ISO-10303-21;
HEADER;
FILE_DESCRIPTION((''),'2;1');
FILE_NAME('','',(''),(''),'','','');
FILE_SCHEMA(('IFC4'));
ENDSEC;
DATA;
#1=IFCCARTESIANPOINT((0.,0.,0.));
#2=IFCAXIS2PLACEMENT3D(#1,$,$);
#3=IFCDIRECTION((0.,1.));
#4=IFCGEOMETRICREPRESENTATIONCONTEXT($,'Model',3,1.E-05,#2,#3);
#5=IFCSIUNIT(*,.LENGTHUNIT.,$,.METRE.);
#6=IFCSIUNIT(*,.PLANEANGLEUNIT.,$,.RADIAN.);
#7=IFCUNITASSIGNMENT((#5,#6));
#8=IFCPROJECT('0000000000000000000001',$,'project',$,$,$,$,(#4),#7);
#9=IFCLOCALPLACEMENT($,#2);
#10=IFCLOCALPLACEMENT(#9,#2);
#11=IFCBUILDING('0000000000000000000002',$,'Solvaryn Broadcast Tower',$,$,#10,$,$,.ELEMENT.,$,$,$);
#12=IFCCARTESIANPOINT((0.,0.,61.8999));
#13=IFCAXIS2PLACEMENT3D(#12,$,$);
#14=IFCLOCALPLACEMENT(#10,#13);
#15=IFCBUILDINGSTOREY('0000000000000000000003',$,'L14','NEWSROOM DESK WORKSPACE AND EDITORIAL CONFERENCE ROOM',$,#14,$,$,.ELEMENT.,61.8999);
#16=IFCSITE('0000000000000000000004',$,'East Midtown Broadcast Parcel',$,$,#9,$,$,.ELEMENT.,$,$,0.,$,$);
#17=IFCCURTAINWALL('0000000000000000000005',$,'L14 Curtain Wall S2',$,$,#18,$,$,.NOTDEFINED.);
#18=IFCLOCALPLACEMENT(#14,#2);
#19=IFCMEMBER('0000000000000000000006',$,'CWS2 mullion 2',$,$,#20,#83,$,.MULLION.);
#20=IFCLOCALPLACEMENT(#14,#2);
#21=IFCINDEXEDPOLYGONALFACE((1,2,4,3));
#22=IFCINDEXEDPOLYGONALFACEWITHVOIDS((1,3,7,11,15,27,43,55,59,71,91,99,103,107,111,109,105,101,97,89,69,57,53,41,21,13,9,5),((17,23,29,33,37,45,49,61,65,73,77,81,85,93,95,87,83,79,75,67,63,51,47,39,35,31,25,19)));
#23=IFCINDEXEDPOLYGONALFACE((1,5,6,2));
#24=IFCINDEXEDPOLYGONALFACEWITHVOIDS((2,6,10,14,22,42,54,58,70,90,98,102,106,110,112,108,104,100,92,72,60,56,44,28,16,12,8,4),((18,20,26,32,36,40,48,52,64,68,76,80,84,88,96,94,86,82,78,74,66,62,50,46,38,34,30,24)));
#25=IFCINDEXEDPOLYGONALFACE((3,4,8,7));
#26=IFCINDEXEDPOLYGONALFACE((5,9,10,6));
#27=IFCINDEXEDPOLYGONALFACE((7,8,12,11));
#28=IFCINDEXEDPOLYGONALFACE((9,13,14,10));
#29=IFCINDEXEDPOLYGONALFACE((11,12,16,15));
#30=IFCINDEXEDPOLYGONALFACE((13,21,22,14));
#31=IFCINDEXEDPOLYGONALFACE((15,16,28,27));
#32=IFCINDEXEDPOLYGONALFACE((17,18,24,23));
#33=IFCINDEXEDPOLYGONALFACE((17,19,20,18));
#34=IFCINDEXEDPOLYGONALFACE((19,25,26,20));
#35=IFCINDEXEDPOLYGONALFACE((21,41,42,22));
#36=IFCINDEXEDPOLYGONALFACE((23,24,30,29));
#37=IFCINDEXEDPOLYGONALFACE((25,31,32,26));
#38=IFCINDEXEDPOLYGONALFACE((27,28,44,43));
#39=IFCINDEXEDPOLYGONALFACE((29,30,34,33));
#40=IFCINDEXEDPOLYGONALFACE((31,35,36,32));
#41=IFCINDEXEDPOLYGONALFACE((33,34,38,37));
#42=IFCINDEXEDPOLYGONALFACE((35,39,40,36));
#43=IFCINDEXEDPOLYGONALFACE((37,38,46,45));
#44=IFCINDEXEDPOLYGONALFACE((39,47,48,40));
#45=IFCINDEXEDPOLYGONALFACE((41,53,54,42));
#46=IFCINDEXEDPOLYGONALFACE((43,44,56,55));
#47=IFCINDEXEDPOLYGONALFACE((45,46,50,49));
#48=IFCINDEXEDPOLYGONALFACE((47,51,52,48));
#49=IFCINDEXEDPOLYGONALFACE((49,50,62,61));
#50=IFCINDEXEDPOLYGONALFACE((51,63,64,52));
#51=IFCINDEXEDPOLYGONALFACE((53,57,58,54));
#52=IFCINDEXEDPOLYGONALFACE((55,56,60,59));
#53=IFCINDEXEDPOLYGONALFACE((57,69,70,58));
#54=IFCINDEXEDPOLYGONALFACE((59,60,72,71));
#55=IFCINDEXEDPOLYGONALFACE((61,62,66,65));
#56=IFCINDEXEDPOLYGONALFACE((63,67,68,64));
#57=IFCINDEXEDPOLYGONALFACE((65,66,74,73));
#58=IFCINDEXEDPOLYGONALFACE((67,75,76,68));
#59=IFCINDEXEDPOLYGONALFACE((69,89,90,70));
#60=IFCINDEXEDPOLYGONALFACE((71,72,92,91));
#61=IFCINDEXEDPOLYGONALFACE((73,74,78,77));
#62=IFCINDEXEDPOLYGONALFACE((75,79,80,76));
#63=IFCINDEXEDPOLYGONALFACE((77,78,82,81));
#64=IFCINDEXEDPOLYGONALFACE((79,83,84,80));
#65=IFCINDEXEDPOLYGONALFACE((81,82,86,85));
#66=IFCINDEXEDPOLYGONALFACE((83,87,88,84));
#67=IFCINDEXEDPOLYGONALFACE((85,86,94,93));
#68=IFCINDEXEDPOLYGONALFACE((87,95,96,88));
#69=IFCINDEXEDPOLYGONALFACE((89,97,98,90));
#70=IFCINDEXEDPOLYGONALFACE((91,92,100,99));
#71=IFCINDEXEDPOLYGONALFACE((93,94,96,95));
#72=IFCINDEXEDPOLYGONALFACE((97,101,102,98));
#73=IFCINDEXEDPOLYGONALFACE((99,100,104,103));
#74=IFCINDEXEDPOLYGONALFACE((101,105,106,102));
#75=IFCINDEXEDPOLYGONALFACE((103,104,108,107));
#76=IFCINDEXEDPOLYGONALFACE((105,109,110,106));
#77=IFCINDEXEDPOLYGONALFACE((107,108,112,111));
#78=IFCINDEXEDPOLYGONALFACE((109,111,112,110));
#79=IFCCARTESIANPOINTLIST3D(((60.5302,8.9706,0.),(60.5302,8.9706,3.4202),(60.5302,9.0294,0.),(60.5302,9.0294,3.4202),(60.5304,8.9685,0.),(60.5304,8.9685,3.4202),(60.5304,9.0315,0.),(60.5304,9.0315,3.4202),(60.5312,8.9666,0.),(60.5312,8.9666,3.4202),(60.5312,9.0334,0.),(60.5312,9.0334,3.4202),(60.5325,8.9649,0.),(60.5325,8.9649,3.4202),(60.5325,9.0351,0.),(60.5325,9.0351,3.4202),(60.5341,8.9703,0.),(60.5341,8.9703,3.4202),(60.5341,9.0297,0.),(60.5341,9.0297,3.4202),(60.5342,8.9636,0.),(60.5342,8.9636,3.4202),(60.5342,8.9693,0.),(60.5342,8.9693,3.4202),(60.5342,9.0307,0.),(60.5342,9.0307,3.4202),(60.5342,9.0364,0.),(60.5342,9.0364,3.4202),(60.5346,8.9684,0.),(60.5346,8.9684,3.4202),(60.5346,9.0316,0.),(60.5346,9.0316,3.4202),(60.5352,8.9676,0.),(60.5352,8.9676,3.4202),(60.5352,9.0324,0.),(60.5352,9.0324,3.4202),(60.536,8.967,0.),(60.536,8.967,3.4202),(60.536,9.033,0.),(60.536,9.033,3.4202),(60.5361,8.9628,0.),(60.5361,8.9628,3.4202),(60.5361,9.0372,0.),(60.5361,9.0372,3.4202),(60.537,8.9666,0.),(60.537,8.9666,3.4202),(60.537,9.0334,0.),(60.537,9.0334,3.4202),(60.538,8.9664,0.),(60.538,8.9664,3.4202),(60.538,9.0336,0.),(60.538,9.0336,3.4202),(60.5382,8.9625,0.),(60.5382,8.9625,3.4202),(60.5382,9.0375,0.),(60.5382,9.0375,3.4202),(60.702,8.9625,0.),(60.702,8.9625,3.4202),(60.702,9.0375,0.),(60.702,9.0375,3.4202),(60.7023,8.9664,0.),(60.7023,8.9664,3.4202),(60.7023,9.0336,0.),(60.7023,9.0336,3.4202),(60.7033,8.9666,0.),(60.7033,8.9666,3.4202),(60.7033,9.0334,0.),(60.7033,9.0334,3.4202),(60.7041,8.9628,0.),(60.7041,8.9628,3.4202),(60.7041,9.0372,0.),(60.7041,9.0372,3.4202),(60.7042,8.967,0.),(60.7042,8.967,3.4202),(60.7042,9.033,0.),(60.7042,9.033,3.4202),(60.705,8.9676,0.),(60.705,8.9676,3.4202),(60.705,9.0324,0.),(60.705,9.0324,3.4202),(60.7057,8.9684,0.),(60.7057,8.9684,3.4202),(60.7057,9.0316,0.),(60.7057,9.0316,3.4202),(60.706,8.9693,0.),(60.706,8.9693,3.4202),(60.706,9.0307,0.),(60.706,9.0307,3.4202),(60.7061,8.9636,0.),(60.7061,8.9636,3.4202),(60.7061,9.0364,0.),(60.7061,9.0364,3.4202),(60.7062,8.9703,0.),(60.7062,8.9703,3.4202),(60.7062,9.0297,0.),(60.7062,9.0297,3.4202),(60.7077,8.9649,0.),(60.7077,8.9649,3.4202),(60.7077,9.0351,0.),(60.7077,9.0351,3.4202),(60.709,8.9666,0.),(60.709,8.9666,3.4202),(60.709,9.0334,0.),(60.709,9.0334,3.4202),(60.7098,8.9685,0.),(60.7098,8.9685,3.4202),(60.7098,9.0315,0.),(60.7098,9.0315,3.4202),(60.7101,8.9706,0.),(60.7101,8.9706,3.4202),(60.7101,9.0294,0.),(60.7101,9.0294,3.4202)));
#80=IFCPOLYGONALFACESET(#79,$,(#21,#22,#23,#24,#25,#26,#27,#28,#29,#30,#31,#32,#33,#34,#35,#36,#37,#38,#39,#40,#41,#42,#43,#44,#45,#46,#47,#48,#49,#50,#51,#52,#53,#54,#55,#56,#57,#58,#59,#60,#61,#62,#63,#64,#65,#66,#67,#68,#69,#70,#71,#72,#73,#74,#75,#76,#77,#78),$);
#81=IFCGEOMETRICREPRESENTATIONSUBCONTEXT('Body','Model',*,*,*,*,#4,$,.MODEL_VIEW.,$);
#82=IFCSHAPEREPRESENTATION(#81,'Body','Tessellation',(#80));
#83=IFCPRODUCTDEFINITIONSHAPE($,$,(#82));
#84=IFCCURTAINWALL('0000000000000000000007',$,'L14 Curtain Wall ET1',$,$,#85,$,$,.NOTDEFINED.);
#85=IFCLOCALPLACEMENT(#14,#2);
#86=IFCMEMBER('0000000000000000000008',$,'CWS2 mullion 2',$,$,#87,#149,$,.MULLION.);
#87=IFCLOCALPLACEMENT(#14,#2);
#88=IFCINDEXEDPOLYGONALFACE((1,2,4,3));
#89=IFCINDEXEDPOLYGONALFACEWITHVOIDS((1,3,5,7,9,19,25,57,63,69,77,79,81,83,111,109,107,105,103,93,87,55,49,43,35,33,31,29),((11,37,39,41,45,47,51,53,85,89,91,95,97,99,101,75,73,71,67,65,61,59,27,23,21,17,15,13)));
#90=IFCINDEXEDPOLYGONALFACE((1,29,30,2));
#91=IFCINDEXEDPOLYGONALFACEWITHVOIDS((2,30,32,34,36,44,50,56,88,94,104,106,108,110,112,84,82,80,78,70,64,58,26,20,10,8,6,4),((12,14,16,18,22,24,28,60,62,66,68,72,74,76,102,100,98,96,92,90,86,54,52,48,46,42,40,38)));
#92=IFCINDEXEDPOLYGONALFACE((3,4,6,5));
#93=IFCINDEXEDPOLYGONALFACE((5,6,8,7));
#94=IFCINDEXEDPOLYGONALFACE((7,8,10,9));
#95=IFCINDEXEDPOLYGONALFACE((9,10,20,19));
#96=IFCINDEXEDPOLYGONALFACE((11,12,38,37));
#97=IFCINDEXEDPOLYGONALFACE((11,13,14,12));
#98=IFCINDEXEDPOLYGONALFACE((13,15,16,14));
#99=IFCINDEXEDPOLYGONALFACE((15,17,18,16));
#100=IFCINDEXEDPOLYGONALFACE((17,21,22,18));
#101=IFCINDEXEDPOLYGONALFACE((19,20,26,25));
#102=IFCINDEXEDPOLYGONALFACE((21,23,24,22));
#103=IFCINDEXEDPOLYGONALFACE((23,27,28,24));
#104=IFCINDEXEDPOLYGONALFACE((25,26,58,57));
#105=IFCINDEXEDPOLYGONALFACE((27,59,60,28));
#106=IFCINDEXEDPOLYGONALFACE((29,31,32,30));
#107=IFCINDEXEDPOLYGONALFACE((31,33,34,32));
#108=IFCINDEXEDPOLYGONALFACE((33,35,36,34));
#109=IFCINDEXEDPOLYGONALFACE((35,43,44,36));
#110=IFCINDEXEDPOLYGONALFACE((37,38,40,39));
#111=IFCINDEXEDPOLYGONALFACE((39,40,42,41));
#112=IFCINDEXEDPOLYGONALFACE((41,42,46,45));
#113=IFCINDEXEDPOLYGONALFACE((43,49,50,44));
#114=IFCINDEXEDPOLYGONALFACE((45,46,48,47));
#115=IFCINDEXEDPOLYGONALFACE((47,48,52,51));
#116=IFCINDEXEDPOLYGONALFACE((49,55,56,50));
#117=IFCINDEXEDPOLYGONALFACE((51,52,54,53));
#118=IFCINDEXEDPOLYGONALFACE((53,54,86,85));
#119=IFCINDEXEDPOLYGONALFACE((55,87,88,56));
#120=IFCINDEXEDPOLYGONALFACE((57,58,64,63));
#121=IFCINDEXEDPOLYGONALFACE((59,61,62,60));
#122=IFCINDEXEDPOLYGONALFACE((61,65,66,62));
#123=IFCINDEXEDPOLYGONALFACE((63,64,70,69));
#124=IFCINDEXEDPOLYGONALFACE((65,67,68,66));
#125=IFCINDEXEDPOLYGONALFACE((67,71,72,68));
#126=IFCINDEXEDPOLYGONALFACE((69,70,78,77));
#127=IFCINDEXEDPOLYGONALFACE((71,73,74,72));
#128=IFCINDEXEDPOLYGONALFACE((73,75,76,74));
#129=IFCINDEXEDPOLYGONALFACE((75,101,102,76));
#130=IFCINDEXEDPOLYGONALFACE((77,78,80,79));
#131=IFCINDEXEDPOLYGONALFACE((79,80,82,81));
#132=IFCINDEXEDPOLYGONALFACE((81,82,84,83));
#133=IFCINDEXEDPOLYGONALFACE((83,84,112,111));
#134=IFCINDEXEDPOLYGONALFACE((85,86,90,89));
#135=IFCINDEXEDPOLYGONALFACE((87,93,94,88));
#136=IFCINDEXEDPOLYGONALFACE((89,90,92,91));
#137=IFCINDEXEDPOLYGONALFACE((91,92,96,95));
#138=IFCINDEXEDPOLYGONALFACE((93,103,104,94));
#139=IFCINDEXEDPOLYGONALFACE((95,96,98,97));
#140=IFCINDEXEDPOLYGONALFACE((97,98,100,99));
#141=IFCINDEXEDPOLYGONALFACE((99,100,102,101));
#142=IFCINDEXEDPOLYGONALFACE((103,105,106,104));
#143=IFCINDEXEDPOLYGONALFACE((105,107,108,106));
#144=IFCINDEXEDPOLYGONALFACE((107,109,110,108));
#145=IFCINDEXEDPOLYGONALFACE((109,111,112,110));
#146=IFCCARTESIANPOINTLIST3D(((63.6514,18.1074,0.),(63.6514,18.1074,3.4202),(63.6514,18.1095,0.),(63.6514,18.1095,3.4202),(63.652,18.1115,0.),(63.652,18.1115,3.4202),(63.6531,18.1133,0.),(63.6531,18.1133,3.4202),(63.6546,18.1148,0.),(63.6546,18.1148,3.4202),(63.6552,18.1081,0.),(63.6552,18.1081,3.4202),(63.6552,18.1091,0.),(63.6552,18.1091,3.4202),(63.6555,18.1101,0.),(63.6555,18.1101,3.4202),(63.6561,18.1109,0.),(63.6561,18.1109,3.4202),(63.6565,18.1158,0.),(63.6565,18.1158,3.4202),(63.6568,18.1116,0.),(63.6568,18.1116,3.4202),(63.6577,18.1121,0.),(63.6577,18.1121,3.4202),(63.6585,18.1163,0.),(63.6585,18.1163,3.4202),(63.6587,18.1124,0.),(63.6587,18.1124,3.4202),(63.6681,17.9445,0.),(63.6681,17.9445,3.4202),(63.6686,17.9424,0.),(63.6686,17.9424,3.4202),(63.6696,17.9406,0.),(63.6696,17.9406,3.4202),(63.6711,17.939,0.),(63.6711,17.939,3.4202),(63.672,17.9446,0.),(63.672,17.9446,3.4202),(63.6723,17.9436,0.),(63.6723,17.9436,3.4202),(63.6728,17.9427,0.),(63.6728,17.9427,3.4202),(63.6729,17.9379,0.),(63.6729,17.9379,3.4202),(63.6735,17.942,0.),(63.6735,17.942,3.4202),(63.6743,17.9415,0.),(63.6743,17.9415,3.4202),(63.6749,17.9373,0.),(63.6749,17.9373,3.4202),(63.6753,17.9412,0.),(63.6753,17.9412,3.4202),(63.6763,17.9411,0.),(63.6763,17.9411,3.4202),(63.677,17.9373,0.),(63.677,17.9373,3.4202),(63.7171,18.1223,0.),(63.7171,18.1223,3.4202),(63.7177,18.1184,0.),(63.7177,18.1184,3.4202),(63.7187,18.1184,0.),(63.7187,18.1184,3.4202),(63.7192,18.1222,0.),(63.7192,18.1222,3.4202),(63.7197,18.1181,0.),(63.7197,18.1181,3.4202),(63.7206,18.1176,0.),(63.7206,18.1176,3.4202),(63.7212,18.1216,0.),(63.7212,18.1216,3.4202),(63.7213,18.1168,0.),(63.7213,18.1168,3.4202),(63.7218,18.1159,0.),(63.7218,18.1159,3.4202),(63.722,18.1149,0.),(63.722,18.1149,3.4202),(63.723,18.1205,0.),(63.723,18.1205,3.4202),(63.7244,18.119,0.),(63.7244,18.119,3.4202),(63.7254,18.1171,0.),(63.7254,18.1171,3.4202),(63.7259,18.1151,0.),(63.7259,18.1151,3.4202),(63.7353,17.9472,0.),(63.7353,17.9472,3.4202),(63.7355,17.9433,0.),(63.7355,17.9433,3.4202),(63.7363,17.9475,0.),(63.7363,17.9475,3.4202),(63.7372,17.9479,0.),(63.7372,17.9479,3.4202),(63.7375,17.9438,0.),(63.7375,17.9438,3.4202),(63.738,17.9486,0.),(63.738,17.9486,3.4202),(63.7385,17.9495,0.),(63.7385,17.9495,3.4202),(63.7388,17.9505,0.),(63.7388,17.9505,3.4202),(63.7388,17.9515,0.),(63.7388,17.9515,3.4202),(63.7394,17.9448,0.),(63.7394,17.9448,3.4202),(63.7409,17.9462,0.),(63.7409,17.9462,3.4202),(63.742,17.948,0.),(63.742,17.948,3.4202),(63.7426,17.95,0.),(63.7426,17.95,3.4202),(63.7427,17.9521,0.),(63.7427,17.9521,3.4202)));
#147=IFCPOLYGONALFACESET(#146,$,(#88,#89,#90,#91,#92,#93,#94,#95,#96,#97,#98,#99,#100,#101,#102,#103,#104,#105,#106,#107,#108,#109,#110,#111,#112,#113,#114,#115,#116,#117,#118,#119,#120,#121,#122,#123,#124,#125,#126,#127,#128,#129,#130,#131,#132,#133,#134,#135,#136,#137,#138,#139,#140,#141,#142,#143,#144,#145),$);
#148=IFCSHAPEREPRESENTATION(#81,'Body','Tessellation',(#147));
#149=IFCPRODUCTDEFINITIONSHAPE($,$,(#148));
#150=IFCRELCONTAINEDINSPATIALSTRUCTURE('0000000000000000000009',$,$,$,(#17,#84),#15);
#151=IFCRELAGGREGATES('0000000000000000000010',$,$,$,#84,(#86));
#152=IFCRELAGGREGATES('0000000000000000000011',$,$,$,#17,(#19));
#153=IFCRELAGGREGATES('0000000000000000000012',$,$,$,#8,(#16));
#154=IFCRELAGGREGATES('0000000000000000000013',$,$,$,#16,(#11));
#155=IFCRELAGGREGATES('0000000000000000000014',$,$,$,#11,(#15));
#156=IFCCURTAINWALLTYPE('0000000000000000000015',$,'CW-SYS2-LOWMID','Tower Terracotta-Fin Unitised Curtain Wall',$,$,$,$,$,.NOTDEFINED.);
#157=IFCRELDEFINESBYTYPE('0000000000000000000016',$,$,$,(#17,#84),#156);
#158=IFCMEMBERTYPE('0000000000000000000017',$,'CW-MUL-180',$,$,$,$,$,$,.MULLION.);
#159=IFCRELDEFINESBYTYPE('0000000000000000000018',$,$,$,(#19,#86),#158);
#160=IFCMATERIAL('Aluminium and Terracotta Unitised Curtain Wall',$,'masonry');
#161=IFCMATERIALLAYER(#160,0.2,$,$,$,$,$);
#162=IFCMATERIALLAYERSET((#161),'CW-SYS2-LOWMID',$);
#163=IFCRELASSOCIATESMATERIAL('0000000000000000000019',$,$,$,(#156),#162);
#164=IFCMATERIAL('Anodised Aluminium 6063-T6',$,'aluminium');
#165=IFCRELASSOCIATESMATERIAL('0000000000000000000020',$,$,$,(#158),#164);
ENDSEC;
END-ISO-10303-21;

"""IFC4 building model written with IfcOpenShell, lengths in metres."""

from ifc_helpers import new_model, si_unit, direction, frame, origin, origin_2d, place, context, subcontext, project, spatial, hollow_rectangle, extrude, material, layer, layer_set, material_profile, profile_set, type_object, element, aggregate, save


model = new_model("IFC4")

# Units and contexts
model_context = context("Model", 3, precision=1e-05, world=origin(), true_north=direction((0.0, 1.0)))
body_context = subcontext(model_context, "Body", "Model", "MODEL_VIEW")
ifc_project = project(units=[si_unit("LENGTHUNIT", "METRE"), si_unit("PLANEANGLEUNIT", "RADIAN")], contexts=[model_context])

# Site, building, storey
site_placement = place(None, origin())
site = spatial("IfcSite", under=ifc_project, at=site_placement, Name="East Midtown Broadcast Parcel", CompositionType="ELEMENT", RefElevation=0.0)
building_placement = place(site_placement, origin())
building = spatial("IfcBuilding", under=site, at=building_placement, Name="Solvaryn Broadcast Tower", CompositionType="ELEMENT")
storey_placement = place(building_placement, frame((0.0, 0.0, 61.8999)))
storey = spatial("IfcBuildingStorey", under=building, at=storey_placement, Name="L14", Description="NEWSROOM DESK WORKSPACE AND EDITORIAL CONFERENCE ROOM", CompositionType="ELEMENT", Elevation=61.8999)

# Curtain walls, members
ifc_material_1 = material(Name="Aluminium and Terracotta Unitised Curtain Wall", Category="masonry")
ifc_layer_1 = layer(ifc_material_1, 0.2)
ifc_layer_set_1 = layer_set([ifc_layer_1], Name="CW-SYS2-LOWMID")
curtain_wall_type = type_object("IfcCurtainWallType", Name="CW-SYS2-LOWMID", Description="Tower Terracotta-Fin Unitised Curtain Wall", PredefinedType="NOTDEFINED", material=ifc_layer_set_1)
curtain_wall_1_placement = place(storey_placement, origin())
curtain_wall_1 = element("IfcCurtainWall", 1, at=curtain_wall_1_placement, inside=storey, type_object=curtain_wall_type, Name="L14 Curtain Wall S2", PredefinedType="NOTDEFINED")
ifc_material_2 = material(Name="Anodised Aluminium 6063-T6", Category="aluminium")
ifc_material_profile_1 = material_profile(ifc_material_2, hollow_rectangle(XDim=0.075, YDim=0.1799, WallThickness=0.0039, InnerFilletRadius=0.0039, OuterFilletRadius=0.0081, at=origin_2d()))
ifc_profile_set_1 = profile_set([ifc_material_profile_1], Name="Anodised Aluminium 6063-T6")
member_type_1 = type_object("IfcMemberType", Name="CW-MUL-180", PredefinedType="MULLION", material=ifc_profile_set_1)
member_1_placement = place(storey_placement, frame((60.6201, 9.0, 0.0), z_axis=(0.0, 0.0, 1.0), x_axis=(0.0, 1.0, 0.0)))
member_1 = element("IfcMember", 2, at=member_1_placement, type_object=member_type_1, Name="CWS2 mullion 2", PredefinedType="MULLION", context=body_context, shape_type="SweptSolid", body=[
    extrude(hollow_rectangle(XDim=0.075, YDim=0.1799, WallThickness=0.0039, InnerFilletRadius=0.0039, OuterFilletRadius=0.0081, at=origin_2d()), origin(), (0.0, 0.0, 1.0), 3.4202),
])
curtain_wall_2_placement = place(storey_placement, origin())
curtain_wall_2 = element("IfcCurtainWall", 3, at=curtain_wall_2_placement, inside=storey, type_object=curtain_wall_type, Name="L14 Curtain Wall ET1", PredefinedType="NOTDEFINED")
member_2_placement = place(storey_placement, frame((63.697, 18.0298, 0.0), z_axis=(0.0, 0.0, 1.0), x_axis=(0.994743, 0.1024, 0.0)))
member_2 = element("IfcMember", 4, at=member_2_placement, type_object=member_type_1, Name="CWS2 mullion 2", PredefinedType="MULLION", context=body_context, shape_type="SweptSolid", body=[
    extrude(hollow_rectangle(XDim=0.075, YDim=0.1799, WallThickness=0.0039, InnerFilletRadius=0.0039, OuterFilletRadius=0.0081, at=origin_2d()), origin(), (0.0, 0.0, 1.0), 3.4202),
])
aggregate(curtain_wall_2, [member_2])

aggregate(curtain_wall_1, [member_1])

save(model, "model.ifc")
